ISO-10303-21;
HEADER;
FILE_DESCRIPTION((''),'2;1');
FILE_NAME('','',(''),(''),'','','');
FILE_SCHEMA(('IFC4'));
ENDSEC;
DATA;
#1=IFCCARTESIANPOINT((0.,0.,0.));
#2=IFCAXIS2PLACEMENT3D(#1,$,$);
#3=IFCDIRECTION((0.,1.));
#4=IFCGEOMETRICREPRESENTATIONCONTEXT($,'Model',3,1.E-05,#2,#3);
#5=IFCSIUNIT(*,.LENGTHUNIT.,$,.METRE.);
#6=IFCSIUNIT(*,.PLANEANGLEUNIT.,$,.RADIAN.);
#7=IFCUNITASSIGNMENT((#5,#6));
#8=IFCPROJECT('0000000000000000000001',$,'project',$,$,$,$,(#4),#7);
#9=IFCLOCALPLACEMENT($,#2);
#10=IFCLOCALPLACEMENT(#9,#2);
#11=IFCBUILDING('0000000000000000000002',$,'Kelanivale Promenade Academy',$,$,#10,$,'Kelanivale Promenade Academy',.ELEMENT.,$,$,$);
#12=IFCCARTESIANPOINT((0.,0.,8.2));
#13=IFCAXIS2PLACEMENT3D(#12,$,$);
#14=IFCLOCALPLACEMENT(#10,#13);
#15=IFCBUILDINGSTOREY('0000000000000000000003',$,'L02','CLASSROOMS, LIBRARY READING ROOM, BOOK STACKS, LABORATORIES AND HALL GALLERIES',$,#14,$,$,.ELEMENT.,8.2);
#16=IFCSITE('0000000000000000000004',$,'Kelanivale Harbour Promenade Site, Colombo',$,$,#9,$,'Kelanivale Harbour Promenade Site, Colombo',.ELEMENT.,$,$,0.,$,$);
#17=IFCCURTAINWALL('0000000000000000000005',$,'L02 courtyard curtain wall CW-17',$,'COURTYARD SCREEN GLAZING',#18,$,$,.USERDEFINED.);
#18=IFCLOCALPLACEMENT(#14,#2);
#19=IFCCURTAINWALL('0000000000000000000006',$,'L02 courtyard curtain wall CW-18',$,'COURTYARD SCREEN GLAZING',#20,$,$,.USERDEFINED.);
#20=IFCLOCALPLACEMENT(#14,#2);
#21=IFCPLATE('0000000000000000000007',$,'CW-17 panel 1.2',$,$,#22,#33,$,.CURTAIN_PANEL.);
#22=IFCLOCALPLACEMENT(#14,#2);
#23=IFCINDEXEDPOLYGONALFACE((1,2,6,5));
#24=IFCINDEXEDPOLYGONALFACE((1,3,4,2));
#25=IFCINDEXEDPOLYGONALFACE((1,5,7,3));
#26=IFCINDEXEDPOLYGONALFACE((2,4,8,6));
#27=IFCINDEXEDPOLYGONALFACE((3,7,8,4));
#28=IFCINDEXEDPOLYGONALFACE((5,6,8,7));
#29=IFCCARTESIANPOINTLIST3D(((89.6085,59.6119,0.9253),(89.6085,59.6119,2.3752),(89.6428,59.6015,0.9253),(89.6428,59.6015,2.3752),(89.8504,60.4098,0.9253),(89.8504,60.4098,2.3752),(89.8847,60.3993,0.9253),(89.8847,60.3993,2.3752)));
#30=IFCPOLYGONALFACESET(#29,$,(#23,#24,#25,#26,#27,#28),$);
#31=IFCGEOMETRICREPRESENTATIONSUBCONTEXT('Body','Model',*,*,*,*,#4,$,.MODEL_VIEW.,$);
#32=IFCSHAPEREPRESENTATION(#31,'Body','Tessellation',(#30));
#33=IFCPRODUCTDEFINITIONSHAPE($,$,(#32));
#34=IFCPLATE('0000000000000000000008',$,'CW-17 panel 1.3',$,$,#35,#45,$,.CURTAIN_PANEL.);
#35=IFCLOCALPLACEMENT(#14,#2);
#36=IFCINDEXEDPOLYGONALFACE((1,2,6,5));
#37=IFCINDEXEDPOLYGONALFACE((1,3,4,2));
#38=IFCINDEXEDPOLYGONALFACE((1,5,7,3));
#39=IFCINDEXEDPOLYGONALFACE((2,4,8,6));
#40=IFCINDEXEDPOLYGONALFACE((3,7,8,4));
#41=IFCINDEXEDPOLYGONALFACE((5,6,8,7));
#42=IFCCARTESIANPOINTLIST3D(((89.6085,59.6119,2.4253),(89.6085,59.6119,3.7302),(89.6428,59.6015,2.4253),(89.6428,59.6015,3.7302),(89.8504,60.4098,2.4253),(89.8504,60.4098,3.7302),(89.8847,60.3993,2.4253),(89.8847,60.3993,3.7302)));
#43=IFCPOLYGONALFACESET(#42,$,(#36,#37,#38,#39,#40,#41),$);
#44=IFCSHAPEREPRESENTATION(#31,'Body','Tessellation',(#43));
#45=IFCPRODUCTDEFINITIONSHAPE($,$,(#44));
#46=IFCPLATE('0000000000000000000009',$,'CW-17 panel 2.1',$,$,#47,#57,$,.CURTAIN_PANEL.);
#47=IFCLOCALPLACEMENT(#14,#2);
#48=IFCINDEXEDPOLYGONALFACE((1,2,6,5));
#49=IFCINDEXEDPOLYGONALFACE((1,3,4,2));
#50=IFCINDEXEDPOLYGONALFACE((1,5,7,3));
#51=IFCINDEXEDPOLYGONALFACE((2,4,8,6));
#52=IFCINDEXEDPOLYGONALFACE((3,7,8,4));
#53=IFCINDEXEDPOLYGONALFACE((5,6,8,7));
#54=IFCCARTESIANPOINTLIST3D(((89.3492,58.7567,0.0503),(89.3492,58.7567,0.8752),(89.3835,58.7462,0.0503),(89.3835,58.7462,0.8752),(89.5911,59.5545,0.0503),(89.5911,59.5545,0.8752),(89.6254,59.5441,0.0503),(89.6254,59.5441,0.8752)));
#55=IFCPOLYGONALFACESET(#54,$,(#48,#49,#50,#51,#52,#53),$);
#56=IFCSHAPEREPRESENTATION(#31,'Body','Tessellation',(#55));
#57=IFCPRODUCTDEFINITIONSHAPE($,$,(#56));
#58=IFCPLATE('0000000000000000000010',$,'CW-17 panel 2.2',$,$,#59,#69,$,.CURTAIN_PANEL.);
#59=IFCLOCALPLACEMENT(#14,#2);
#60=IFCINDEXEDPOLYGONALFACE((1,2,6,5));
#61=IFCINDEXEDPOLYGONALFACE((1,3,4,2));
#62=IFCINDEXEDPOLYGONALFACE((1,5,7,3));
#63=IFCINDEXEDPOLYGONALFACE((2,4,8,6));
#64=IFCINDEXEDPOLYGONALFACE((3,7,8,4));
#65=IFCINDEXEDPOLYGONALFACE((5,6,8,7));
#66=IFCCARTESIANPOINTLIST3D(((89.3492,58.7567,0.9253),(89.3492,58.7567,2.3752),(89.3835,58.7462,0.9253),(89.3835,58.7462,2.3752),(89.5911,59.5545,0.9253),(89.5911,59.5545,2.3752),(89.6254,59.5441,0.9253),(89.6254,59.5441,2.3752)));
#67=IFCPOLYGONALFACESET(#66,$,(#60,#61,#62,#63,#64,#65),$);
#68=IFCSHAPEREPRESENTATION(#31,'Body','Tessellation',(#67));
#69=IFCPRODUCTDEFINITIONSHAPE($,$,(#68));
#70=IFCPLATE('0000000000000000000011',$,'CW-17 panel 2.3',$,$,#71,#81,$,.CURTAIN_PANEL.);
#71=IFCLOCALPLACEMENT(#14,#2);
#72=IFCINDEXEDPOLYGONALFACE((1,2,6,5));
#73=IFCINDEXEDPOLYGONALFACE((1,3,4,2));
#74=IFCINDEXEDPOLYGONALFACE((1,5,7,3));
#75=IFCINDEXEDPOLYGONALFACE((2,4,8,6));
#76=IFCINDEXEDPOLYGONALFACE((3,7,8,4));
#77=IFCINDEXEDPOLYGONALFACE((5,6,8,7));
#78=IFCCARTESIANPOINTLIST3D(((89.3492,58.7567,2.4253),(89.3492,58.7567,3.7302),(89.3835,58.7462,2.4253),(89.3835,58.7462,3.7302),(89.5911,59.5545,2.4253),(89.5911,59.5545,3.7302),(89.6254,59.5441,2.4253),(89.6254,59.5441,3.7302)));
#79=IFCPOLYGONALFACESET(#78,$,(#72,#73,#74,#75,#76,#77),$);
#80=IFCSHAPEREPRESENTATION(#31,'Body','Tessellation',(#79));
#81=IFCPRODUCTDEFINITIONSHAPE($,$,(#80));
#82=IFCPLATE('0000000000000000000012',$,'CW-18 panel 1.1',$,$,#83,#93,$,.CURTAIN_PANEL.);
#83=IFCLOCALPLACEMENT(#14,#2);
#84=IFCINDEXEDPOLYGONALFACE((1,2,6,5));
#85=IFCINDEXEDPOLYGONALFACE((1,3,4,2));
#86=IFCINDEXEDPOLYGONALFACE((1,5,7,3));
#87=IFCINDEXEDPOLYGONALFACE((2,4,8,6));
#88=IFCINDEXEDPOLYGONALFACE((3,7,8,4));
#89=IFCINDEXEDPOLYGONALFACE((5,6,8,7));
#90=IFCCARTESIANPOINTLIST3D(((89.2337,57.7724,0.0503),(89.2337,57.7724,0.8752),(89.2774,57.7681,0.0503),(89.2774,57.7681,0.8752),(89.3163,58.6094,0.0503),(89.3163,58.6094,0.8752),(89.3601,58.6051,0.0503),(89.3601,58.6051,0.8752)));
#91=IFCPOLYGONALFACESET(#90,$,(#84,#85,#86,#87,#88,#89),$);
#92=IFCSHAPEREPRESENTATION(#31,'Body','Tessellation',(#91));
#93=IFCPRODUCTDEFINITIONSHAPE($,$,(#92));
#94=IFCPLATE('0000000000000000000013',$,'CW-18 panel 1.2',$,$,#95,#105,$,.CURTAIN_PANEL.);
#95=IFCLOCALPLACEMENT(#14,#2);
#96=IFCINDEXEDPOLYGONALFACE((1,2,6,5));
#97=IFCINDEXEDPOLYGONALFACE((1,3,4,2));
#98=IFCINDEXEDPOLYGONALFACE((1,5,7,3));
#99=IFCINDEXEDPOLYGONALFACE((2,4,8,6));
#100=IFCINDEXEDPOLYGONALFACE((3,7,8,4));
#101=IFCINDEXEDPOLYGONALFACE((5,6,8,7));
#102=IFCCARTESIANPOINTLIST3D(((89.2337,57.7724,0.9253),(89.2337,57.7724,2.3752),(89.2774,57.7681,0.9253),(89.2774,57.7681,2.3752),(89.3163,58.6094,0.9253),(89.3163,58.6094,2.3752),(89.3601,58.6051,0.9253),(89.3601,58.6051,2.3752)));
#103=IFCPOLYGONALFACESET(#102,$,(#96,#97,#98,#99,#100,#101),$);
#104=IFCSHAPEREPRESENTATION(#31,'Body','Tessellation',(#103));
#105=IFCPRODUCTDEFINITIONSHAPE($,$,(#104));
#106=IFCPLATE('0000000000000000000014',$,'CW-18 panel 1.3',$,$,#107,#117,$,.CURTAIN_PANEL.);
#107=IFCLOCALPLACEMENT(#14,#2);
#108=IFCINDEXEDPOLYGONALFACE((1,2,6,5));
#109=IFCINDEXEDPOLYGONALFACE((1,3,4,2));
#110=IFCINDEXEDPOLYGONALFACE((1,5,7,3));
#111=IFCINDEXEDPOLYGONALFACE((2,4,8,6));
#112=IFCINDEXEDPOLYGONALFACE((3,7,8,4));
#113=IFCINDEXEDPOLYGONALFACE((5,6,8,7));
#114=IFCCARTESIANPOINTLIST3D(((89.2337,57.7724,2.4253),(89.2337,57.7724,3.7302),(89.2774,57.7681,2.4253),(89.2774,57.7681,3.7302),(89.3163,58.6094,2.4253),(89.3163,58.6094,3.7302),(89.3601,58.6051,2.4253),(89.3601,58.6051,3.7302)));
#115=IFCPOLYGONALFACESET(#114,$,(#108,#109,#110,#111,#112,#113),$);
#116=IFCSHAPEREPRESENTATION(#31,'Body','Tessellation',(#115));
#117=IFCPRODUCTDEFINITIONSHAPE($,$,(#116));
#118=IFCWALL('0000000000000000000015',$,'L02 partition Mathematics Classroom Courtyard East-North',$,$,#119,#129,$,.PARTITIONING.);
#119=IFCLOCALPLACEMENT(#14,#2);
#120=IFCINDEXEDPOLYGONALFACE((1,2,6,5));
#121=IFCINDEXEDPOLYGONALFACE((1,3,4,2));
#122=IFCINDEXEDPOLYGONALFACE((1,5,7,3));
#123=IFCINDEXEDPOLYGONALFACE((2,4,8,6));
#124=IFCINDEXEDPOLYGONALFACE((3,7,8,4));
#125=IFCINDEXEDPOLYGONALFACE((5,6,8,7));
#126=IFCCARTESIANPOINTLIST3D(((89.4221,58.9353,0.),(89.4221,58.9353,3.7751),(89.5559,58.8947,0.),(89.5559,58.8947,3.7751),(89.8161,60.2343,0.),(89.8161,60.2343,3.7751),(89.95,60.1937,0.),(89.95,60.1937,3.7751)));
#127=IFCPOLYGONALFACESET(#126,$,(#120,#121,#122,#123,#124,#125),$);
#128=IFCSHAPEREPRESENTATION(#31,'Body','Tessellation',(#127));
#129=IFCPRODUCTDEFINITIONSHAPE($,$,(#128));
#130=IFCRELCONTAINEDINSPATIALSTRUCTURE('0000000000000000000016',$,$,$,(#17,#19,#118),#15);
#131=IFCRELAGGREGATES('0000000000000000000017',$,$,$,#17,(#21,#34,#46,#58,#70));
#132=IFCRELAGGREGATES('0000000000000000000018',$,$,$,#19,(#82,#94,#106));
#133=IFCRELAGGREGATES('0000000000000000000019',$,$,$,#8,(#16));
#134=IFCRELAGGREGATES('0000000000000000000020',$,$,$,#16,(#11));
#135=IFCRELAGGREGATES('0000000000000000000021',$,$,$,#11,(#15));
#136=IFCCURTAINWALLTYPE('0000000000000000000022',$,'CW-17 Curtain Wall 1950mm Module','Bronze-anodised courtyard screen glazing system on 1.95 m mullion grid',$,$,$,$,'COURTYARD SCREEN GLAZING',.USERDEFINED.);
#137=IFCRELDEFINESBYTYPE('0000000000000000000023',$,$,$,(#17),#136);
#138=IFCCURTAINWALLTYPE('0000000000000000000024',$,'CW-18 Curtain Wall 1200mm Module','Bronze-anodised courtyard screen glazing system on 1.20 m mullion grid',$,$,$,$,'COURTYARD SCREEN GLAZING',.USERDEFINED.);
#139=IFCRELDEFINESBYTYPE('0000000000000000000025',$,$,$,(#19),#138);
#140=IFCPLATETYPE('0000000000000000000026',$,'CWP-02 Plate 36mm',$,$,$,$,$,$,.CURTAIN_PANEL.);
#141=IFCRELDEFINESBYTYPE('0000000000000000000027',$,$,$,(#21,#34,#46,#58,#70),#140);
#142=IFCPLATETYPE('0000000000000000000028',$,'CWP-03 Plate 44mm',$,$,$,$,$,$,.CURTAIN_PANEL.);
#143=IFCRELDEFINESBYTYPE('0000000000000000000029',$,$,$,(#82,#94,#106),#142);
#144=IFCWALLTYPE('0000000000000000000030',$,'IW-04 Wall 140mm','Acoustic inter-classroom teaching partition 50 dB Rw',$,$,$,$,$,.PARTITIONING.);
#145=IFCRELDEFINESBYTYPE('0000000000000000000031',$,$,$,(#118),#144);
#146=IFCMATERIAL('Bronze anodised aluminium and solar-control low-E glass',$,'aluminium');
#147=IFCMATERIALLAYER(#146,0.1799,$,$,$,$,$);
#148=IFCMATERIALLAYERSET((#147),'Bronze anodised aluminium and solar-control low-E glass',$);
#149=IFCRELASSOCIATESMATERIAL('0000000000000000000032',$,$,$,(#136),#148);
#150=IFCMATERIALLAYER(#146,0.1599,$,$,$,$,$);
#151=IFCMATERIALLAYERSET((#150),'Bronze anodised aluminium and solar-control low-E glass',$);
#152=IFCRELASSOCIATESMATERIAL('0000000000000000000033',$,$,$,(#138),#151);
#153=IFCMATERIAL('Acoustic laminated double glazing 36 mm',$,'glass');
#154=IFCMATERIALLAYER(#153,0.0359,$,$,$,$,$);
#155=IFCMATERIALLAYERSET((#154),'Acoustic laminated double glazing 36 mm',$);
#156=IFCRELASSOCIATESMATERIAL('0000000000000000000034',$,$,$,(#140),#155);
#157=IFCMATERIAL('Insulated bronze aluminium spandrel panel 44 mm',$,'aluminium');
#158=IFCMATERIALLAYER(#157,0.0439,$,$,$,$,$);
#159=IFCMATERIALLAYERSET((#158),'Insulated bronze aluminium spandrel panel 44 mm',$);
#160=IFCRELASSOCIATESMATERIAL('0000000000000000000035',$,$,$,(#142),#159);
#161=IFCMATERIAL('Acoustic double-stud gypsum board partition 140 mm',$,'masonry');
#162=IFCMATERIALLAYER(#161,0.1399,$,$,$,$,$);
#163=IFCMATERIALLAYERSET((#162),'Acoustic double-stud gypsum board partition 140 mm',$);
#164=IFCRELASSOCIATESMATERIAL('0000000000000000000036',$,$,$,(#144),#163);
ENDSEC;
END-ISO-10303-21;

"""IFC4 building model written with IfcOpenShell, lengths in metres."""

from ifc_helpers import new_model, si_unit, direction, frame, frame_2d, origin, origin_2d, place, context, subcontext, project, spatial, rectangle, extrude, material, layer, layer_set, type_object, element, aggregate, save


model = new_model("IFC4")

# Units and contexts
model_context = context("Model", 3, precision=1e-05, world=origin(), true_north=direction((0.0, 1.0)))
body_context = subcontext(model_context, "Body", "Model", "MODEL_VIEW")
ifc_project = project(units=[si_unit("LENGTHUNIT", "METRE"), si_unit("PLANEANGLEUNIT", "RADIAN")], contexts=[model_context])

# Site, building, storey
site_placement = place(None, origin())
site = spatial("IfcSite", under=ifc_project, at=site_placement, Name="Kelanivale Harbour Promenade Site, Colombo", LongName="Kelanivale Harbour Promenade Site, Colombo", CompositionType="ELEMENT", RefElevation=0.0)
building_placement = place(site_placement, origin())
building = spatial("IfcBuilding", under=site, at=building_placement, Name="Kelanivale Promenade Academy", LongName="Kelanivale Promenade Academy", CompositionType="ELEMENT")
storey_placement = place(building_placement, frame((0.0, 0.0, 8.2)))
storey = spatial("IfcBuildingStorey", under=building, at=storey_placement, Name="L02", Description="CLASSROOMS, LIBRARY READING ROOM, BOOK STACKS, LABORATORIES AND HALL GALLERIES", CompositionType="ELEMENT", Elevation=8.2)

# Curtain walls
ifc_material_1 = material(Name="Bronze anodised aluminium and solar-control low-E glass", Category="aluminium")
ifc_layer_1 = layer(ifc_material_1, 0.1799)
ifc_layer_set_1 = layer_set([ifc_layer_1], Name="Bronze anodised aluminium and solar-control low-E glass")
curtain_wall_type_1 = type_object("IfcCurtainWallType", Name="CW-17 Curtain Wall 1950mm Module", Description="Bronze-anodised courtyard screen glazing system on 1.95 m mullion grid", ElementType="COURTYARD SCREEN GLAZING", PredefinedType="USERDEFINED", material=ifc_layer_set_1)
curtain_wall_1_placement = place(storey_placement, origin())
curtain_wall_1 = element("IfcCurtainWall", 1, at=curtain_wall_1_placement, inside=storey, type_object=curtain_wall_type_1, Name="L02 courtyard curtain wall CW-17", ObjectType="COURTYARD SCREEN GLAZING", PredefinedType="USERDEFINED")
ifc_layer_2 = layer(ifc_material_1, 0.1599)
ifc_layer_set_2 = layer_set([ifc_layer_2], Name="Bronze anodised aluminium and solar-control low-E glass")
curtain_wall_type_2 = type_object("IfcCurtainWallType", Name="CW-18 Curtain Wall 1200mm Module", Description="Bronze-anodised courtyard screen glazing system on 1.20 m mullion grid", ElementType="COURTYARD SCREEN GLAZING", PredefinedType="USERDEFINED", material=ifc_layer_set_2)
curtain_wall_2_placement = place(storey_placement, origin())
curtain_wall_2 = element("IfcCurtainWall", 2, at=curtain_wall_2_placement, inside=storey, type_object=curtain_wall_type_2, Name="L02 courtyard curtain wall CW-18", ObjectType="COURTYARD SCREEN GLAZING", PredefinedType="USERDEFINED")

# Plates
ifc_material_2 = material(Name="Acoustic laminated double glazing 36 mm", Category="glass")
ifc_layer_3 = layer(ifc_material_2, 0.0359)
ifc_layer_set_3 = layer_set([ifc_layer_3], Name="Acoustic laminated double glazing 36 mm")
plate_type_1 = type_object("IfcPlateType", Name="CWP-02 Plate 36mm", PredefinedType="CURTAIN_PANEL", material=ifc_layer_set_3)
plate_1_placement = place(storey_placement, frame((89.7466, 60.0056, 0.9253), z_axis=(0.0, 0.0, 1.0), x_axis=(-0.290128, -0.956988, 0.0)))
plate_1 = element("IfcPlate", 3, at=plate_1_placement, type_object=plate_type_1, Name="CW-17 panel 1.2", PredefinedType="CURTAIN_PANEL", context=body_context, shape_type="SweptSolid", body=[
    extrude(rectangle(XDim=0.8337, YDim=0.0359, at=origin_2d()), origin(), (0.0, 0.0, 1.0), 1.45),
])
plate_2_placement = place(storey_placement, frame((89.7466, 60.0056, 2.4253), z_axis=(0.0, 0.0, 1.0), x_axis=(-0.290128, -0.956988, 0.0)))
plate_2 = element("IfcPlate", 4, at=plate_2_placement, type_object=plate_type_1, Name="CW-17 panel 1.3", PredefinedType="CURTAIN_PANEL", context=body_context, shape_type="SweptSolid", body=[
    extrude(rectangle(XDim=0.8337, YDim=0.0359, at=origin_2d()), origin(), (0.0, 0.0, 1.0), 1.3049),
])
plate_3_placement = place(storey_placement, frame((89.4873, 59.1504, 0.0503), z_axis=(0.0, 0.0, 1.0), x_axis=(-0.290128, -0.956988, 0.0)))
plate_3 = element("IfcPlate", 5, at=plate_3_placement, type_object=plate_type_1, Name="CW-17 panel 2.1", PredefinedType="CURTAIN_PANEL", context=body_context, shape_type="SweptSolid", body=[
    extrude(rectangle(XDim=0.8337, YDim=0.0359, at=origin_2d()), origin(), (0.0, 0.0, 1.0), 0.825),
])
plate_4_placement = place(storey_placement, frame((89.4873, 59.1504, 0.9253), z_axis=(0.0, 0.0, 1.0), x_axis=(-0.290128, -0.956988, 0.0)))
plate_4 = element("IfcPlate", 6, at=plate_4_placement, type_object=plate_type_1, Name="CW-17 panel 2.2", PredefinedType="CURTAIN_PANEL", context=body_context, shape_type="SweptSolid", body=[
    extrude(rectangle(XDim=0.8337, YDim=0.0359, at=origin_2d()), origin(), (0.0, 0.0, 1.0), 1.45),
])
plate_5_placement = place(storey_placement, frame((89.4873, 59.1504, 2.4253), z_axis=(0.0, 0.0, 1.0), x_axis=(-0.290128, -0.956988, 0.0)))
plate_5 = element("IfcPlate", 7, at=plate_5_placement, type_object=plate_type_1, Name="CW-17 panel 2.3", PredefinedType="CURTAIN_PANEL", context=body_context, shape_type="SweptSolid", body=[
    extrude(rectangle(XDim=0.8337, YDim=0.0359, at=origin_2d()), origin(), (0.0, 0.0, 1.0), 1.3049),
])
aggregate(curtain_wall_1, [plate_1, plate_2, plate_3, plate_4, plate_5])
ifc_material_3 = material(Name="Insulated bronze aluminium spandrel panel 44 mm", Category="aluminium")
ifc_layer_4 = layer(ifc_material_3, 0.0439)
ifc_layer_set_4 = layer_set([ifc_layer_4], Name="Insulated bronze aluminium spandrel panel 44 mm")
plate_type_2 = type_object("IfcPlateType", Name="CWP-03 Plate 44mm", PredefinedType="CURTAIN_PANEL", material=ifc_layer_set_4)
plate_6_placement = place(storey_placement, frame((89.2969, 58.1887, 0.0503), z_axis=(0.0, 0.0, 1.0), x_axis=(-0.098281, -0.995159, 0.0)))
plate_6 = element("IfcPlate", 8, at=plate_6_placement, type_object=plate_type_2, Name="CW-18 panel 1.1", PredefinedType="CURTAIN_PANEL", context=body_context, shape_type="SweptSolid", body=[
    extrude(rectangle(XDim=0.8411, YDim=0.0439, at=origin_2d()), origin(), (0.0, 0.0, 1.0), 0.825),
])
plate_7_placement = place(storey_placement, frame((89.2969, 58.1887, 0.9253), z_axis=(0.0, 0.0, 1.0), x_axis=(-0.098281, -0.995159, 0.0)))
plate_7 = element("IfcPlate", 9, at=plate_7_placement, type_object=plate_type_2, Name="CW-18 panel 1.2", PredefinedType="CURTAIN_PANEL", context=body_context, shape_type="SweptSolid", body=[
    extrude(rectangle(XDim=0.8411, YDim=0.0439, at=origin_2d()), origin(), (0.0, 0.0, 1.0), 1.45),
])
plate_8_placement = place(storey_placement, frame((89.2969, 58.1887, 2.4253), z_axis=(0.0, 0.0, 1.0), x_axis=(-0.098281, -0.995159, 0.0)))
plate_8 = element("IfcPlate", 10, at=plate_8_placement, type_object=plate_type_2, Name="CW-18 panel 1.3", PredefinedType="CURTAIN_PANEL", context=body_context, shape_type="SweptSolid", body=[
    extrude(rectangle(XDim=0.8411, YDim=0.0439, at=origin_2d()), origin(), (0.0, 0.0, 1.0), 1.3049),
])
aggregate(curtain_wall_2, [plate_6, plate_7, plate_8])

# Wall
ifc_material_4 = material(Name="Acoustic double-stud gypsum board partition 140 mm", Category="masonry")
ifc_layer_5 = layer(ifc_material_4, 0.1399)
ifc_layer_set_5 = layer_set([ifc_layer_5], Name="Acoustic double-stud gypsum board partition 140 mm")
wall_type = type_object("IfcWallType", Name="IW-04 Wall 140mm", Description="Acoustic inter-classroom teaching partition 50 dB Rw", PredefinedType="PARTITIONING", material=ifc_layer_set_5)
wall_placement = place(storey_placement, frame((89.489, 58.915, 0.0), z_axis=(0.0, 0.0, 1.0), x_axis=(0.290267, 0.956946, 0.0)))
element("IfcWall", 11, at=wall_placement, inside=storey, type_object=wall_type, Name="L02 partition Mathematics Classroom Courtyard East-North", PredefinedType="PARTITIONING", context=body_context, shape_type="SweptSolid", body=[
    extrude(rectangle(XDim=1.3574, YDim=0.1399, at=frame_2d((0.6787, 0.0))), origin(), (0.0, 0.0, 1.0), 3.7751),
])

save(model, "model.ifc")
